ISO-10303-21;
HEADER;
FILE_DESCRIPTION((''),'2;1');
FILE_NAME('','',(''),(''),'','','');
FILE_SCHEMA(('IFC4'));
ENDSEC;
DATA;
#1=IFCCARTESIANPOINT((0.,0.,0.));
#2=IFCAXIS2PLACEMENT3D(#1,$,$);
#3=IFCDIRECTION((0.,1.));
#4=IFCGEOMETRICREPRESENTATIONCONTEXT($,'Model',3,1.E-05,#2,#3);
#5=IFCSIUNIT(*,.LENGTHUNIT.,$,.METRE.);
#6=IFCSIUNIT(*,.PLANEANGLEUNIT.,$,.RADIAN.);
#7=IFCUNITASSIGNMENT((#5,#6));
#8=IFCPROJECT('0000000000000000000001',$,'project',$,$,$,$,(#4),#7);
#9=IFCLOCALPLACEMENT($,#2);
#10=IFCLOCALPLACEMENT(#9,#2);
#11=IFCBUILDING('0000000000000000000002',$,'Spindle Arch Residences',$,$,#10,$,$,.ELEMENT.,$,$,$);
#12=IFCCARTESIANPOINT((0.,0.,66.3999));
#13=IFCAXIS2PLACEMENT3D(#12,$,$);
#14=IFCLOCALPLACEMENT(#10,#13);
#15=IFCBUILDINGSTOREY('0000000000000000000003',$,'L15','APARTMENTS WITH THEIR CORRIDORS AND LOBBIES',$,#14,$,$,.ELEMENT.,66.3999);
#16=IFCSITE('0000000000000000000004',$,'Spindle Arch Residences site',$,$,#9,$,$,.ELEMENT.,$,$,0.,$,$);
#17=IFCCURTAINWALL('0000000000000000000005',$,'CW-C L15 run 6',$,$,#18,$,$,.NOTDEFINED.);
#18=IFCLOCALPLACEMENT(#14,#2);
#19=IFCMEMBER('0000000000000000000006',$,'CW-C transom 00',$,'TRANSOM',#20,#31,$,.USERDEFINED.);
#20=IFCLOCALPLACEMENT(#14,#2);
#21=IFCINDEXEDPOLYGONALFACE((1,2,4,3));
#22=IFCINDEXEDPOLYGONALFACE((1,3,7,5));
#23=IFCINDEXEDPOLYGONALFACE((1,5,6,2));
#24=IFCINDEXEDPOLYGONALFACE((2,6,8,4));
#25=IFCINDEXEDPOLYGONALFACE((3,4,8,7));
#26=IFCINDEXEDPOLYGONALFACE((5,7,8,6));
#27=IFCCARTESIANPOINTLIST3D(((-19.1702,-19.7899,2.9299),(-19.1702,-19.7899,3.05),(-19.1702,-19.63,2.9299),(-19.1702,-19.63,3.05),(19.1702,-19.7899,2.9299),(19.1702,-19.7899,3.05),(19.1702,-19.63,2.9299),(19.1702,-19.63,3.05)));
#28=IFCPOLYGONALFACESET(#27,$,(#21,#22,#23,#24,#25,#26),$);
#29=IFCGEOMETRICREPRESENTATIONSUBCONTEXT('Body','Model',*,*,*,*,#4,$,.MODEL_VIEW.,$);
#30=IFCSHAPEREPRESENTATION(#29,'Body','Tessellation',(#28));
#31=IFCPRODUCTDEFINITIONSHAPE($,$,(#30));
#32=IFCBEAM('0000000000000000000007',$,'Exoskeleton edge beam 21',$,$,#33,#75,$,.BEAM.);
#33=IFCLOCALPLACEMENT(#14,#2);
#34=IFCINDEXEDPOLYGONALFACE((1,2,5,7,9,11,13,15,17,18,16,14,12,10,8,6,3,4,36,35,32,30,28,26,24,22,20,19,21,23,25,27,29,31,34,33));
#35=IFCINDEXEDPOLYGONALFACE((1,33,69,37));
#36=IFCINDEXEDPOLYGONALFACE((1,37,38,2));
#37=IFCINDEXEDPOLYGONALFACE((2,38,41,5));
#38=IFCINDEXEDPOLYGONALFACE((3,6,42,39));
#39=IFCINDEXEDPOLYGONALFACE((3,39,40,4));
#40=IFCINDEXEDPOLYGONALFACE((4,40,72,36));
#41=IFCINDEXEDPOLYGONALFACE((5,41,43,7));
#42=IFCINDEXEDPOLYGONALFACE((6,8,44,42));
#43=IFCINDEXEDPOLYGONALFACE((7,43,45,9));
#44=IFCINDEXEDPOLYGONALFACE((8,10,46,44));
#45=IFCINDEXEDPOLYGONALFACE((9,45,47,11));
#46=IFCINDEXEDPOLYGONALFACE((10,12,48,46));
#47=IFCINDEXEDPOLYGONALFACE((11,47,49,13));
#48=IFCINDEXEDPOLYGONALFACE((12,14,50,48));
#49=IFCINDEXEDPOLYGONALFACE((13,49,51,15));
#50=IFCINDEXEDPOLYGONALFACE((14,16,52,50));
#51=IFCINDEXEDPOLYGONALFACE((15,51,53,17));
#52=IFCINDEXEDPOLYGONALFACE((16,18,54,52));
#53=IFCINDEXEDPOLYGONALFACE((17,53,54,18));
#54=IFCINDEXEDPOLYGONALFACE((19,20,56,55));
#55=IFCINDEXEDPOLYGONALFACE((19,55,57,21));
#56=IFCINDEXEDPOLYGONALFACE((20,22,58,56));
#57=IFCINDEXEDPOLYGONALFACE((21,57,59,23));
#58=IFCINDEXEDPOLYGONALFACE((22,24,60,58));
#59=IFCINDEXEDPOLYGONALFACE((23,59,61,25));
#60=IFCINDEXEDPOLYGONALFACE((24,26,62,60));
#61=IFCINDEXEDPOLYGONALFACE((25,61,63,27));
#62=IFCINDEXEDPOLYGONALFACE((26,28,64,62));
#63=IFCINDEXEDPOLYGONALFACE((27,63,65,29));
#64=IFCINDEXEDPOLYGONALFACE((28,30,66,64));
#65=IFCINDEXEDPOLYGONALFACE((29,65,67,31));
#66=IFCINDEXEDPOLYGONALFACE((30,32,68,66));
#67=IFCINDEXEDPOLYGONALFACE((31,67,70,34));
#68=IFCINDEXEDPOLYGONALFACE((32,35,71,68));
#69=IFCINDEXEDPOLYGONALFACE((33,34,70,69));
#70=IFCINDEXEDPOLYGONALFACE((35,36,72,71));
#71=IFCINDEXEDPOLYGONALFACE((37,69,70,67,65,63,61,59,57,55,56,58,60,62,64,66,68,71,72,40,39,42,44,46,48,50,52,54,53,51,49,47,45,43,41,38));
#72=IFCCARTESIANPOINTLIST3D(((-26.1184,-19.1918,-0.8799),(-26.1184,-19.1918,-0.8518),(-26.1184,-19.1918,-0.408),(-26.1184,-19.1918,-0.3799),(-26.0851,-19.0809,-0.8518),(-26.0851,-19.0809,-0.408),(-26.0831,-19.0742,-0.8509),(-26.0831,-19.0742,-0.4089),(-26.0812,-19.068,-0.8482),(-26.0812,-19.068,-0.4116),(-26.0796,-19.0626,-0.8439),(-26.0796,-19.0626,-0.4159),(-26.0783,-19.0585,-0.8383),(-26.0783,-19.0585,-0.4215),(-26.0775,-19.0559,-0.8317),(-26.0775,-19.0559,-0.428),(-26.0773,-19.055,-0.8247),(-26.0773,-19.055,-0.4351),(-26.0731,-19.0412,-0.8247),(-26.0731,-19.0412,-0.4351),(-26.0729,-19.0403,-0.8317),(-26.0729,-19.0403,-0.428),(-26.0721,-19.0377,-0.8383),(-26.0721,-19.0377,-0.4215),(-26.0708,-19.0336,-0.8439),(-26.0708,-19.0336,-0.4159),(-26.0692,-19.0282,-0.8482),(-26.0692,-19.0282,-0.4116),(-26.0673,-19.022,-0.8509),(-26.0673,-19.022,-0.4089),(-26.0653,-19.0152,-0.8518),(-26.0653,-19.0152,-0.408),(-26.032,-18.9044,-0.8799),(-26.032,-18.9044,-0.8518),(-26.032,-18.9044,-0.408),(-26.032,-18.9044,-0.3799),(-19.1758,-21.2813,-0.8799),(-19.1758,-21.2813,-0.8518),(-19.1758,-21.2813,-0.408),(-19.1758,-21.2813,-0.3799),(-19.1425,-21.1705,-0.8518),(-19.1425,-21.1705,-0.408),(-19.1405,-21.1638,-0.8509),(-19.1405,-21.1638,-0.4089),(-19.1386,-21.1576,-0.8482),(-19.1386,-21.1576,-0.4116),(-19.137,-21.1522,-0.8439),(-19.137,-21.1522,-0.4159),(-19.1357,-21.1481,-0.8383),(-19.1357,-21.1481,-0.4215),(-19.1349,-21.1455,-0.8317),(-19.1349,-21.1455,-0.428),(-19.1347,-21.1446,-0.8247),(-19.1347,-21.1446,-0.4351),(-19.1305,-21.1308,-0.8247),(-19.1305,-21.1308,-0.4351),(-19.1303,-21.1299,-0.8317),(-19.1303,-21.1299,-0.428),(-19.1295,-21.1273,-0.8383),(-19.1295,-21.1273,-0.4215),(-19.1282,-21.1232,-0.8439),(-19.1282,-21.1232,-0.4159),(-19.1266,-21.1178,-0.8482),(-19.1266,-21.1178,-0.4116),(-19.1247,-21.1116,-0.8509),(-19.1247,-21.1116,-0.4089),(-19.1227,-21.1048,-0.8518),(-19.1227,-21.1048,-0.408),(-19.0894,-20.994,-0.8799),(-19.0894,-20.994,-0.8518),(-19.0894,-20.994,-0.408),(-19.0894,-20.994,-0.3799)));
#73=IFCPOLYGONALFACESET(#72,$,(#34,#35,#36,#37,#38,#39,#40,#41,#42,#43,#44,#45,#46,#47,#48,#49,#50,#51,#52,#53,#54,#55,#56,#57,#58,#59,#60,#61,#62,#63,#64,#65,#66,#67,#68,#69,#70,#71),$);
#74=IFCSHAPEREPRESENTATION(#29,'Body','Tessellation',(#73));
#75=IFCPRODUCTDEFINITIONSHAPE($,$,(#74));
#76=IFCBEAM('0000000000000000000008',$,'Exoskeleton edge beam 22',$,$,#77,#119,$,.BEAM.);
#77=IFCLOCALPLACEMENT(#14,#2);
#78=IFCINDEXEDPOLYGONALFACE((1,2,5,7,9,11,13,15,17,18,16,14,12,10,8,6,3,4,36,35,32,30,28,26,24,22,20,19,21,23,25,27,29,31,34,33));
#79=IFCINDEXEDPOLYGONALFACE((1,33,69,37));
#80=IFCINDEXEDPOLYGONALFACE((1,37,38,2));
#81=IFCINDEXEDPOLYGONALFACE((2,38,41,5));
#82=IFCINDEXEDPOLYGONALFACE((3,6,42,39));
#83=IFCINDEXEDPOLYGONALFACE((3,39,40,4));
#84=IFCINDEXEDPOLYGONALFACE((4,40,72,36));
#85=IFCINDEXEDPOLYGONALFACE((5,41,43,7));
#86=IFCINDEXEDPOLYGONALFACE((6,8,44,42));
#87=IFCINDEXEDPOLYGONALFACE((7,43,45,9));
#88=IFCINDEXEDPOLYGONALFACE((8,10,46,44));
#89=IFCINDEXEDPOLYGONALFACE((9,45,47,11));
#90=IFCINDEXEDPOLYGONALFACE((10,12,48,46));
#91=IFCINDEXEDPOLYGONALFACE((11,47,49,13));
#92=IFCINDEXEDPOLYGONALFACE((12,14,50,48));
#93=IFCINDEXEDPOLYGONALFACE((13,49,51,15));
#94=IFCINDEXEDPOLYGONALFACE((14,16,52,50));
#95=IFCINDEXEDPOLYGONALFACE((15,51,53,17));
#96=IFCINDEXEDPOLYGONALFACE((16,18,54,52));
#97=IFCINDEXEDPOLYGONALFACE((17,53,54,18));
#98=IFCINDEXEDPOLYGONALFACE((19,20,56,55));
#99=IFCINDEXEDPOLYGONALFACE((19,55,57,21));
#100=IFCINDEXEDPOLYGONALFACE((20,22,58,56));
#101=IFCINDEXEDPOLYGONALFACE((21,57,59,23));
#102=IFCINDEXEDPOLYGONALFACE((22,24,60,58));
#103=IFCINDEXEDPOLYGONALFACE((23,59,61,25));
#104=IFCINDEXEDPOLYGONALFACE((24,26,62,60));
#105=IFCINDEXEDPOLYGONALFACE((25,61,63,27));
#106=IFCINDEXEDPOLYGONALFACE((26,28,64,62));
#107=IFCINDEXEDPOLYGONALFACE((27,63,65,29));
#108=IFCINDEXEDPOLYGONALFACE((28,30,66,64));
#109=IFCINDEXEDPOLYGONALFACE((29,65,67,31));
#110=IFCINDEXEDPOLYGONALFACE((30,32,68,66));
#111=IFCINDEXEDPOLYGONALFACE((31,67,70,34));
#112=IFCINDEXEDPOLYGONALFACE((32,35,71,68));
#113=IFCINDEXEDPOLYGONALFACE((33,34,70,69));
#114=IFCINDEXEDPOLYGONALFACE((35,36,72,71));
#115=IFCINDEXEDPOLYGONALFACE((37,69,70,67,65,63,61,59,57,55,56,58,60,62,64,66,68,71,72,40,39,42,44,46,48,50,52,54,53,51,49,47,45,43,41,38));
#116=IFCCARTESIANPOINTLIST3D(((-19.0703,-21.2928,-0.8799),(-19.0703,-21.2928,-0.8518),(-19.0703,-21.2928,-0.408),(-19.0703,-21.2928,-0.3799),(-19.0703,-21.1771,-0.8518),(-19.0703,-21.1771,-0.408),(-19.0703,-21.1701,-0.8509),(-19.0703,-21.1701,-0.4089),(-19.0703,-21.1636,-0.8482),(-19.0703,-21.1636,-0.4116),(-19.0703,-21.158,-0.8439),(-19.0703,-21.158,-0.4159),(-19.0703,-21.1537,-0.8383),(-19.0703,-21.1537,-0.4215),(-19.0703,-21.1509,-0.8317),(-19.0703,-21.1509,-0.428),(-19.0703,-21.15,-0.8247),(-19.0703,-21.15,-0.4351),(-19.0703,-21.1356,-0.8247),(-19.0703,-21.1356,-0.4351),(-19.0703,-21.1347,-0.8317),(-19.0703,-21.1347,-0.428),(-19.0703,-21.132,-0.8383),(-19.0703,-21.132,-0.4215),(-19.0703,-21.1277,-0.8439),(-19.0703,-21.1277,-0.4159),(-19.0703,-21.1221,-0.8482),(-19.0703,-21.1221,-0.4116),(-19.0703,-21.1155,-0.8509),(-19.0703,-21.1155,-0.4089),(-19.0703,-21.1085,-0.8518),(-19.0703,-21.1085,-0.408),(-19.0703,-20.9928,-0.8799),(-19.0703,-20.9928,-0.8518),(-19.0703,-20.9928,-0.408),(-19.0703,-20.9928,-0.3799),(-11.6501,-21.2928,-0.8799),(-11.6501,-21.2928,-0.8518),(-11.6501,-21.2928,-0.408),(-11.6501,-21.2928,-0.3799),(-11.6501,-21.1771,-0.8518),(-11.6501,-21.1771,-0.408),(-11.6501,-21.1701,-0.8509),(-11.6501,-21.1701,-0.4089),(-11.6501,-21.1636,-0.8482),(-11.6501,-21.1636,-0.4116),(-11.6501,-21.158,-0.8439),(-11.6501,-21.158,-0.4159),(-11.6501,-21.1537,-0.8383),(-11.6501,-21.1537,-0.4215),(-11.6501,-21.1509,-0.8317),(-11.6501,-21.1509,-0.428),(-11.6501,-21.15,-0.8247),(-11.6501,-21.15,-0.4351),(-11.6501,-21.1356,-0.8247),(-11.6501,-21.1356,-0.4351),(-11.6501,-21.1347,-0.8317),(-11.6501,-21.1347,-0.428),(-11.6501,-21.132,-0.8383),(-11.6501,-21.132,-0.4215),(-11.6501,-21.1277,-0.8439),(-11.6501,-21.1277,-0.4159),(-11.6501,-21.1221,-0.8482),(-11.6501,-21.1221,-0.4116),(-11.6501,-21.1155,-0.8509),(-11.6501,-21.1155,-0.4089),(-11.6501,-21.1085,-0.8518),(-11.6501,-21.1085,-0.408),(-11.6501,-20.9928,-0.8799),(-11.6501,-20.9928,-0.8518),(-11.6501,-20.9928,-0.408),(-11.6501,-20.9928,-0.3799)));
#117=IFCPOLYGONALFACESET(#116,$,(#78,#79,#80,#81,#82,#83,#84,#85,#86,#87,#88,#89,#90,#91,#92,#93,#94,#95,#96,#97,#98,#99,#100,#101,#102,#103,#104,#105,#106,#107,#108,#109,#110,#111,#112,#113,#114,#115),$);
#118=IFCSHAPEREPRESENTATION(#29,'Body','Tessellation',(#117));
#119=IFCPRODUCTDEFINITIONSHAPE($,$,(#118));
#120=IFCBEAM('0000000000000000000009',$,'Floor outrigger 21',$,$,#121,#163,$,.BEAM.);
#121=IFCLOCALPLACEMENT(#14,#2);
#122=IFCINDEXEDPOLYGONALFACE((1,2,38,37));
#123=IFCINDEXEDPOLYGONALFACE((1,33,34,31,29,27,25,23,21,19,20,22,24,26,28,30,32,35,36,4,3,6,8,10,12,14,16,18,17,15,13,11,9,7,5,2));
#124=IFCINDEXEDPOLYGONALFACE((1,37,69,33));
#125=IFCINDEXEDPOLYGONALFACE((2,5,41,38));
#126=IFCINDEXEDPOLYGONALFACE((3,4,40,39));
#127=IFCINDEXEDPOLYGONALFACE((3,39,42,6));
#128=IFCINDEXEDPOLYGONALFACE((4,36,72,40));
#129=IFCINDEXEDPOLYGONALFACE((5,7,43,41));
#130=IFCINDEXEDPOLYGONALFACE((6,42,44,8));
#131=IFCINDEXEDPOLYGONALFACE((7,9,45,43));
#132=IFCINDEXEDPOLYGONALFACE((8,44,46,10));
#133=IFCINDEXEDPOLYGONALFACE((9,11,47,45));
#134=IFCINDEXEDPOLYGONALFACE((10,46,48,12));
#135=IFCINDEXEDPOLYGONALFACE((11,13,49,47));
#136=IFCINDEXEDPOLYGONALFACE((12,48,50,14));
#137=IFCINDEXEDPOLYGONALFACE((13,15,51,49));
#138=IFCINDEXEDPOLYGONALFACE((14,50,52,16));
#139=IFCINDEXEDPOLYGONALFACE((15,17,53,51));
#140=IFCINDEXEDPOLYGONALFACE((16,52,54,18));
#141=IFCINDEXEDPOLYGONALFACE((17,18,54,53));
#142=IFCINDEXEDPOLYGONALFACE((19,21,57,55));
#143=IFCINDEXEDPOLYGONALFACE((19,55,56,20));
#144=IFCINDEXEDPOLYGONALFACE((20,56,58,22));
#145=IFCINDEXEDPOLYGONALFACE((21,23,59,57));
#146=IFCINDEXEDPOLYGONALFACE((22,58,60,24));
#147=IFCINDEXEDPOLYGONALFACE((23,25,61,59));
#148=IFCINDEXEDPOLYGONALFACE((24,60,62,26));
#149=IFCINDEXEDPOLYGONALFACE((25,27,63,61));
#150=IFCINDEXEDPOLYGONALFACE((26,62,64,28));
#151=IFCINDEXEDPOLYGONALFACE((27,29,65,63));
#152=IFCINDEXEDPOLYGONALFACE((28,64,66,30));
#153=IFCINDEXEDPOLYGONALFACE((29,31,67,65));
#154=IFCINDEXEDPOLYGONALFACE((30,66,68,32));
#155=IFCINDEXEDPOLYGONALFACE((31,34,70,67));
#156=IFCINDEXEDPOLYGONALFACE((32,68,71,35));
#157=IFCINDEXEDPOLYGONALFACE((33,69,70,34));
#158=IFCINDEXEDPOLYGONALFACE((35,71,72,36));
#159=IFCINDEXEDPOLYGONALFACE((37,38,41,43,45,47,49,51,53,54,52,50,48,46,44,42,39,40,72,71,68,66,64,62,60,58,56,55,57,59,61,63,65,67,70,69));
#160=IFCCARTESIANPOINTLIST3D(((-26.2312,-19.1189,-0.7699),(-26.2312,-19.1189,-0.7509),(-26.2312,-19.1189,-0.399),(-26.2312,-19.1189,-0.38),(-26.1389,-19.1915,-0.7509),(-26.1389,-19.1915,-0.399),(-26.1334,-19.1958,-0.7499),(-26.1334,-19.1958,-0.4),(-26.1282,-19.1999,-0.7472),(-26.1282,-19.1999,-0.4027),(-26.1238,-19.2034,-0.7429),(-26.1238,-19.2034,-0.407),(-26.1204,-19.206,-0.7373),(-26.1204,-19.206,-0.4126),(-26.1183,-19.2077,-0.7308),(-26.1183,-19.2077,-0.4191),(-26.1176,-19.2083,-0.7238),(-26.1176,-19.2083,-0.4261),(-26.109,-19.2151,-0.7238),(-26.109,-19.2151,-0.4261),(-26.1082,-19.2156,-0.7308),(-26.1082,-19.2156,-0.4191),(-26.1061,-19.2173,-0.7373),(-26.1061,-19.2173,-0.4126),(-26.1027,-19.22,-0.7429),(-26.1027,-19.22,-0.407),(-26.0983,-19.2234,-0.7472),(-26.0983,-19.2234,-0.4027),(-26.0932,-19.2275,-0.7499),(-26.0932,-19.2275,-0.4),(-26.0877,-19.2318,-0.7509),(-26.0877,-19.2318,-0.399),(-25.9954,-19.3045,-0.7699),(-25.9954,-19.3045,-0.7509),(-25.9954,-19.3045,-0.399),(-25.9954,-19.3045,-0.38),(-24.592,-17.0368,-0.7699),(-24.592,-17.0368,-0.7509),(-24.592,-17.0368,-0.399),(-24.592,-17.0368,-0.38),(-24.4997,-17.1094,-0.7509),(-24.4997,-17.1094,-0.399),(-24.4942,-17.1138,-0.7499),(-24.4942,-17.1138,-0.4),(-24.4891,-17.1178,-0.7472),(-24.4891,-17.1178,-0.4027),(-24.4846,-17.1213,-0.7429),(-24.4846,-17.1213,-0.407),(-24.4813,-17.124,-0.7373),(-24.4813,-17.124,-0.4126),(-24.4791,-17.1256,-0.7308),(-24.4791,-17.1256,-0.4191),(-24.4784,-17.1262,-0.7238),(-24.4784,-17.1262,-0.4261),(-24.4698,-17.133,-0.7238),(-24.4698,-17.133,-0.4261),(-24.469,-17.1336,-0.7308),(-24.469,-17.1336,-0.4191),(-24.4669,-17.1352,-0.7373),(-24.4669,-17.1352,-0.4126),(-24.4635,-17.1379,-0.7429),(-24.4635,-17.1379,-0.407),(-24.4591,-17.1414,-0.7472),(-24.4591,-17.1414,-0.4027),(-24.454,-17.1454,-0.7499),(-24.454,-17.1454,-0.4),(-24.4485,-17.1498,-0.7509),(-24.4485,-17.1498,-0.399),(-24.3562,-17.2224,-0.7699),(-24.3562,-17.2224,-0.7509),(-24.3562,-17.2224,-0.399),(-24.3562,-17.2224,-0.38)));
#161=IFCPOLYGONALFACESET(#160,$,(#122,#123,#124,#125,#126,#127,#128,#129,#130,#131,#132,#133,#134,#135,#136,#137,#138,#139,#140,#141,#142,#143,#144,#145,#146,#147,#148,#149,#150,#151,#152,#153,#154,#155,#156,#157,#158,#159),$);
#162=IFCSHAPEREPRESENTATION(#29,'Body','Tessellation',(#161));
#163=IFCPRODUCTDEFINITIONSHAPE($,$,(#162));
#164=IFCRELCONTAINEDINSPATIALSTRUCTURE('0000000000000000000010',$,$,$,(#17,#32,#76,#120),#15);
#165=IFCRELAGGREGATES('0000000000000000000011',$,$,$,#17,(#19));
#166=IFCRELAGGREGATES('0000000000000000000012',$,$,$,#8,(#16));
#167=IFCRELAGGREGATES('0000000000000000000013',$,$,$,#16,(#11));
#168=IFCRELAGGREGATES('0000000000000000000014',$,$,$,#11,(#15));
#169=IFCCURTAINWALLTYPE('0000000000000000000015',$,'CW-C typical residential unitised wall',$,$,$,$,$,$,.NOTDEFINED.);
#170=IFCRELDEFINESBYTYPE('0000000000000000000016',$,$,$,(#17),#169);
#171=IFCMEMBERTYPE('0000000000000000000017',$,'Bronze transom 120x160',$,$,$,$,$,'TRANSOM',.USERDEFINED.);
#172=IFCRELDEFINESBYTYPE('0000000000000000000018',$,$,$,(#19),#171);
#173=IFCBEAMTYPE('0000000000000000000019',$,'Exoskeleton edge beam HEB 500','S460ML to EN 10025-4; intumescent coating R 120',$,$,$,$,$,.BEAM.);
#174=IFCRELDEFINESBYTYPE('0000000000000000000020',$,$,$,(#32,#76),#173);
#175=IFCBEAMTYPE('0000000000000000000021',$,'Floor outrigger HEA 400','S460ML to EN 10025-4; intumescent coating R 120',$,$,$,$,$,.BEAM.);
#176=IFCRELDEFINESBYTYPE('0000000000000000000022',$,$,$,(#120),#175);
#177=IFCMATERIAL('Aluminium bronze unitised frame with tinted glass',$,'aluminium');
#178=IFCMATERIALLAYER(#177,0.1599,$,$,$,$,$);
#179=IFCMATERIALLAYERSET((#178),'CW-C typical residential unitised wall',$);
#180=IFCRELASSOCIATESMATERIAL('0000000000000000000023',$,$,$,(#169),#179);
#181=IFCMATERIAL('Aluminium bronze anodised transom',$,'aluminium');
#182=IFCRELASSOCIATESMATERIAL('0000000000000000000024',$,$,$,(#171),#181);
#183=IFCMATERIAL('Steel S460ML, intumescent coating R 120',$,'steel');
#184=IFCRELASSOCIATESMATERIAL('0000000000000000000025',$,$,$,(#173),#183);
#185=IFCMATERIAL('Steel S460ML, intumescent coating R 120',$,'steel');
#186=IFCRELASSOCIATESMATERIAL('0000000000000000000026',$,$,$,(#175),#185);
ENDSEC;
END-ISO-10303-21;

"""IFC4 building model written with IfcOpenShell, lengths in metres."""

from ifc_helpers import new_model, si_unit, direction, frame, origin, origin_2d, place, context, subcontext, project, spatial, rectangle, i_section, extrude, material, layer, layer_set, material_profile, profile_set, type_object, element, aggregate, save


model = new_model("IFC4")

# Units and contexts
model_context = context("Model", 3, precision=1e-05, world=origin(), true_north=direction((0.0, 1.0)))
body_context = subcontext(model_context, "Body", "Model", "MODEL_VIEW")
ifc_project = project(units=[si_unit("LENGTHUNIT", "METRE"), si_unit("PLANEANGLEUNIT", "RADIAN")], contexts=[model_context])

# Site, building, storey
site_placement = place(None, origin())
site = spatial("IfcSite", under=ifc_project, at=site_placement, Name="Spindle Arch Residences site", CompositionType="ELEMENT", RefElevation=0.0)
building_placement = place(site_placement, origin())
building = spatial("IfcBuilding", under=site, at=building_placement, Name="Spindle Arch Residences", CompositionType="ELEMENT")
storey_placement = place(building_placement, frame((0.0, 0.0, 66.3999)))
storey = spatial("IfcBuildingStorey", under=building, at=storey_placement, Name="L15", Description="APARTMENTS WITH THEIR CORRIDORS AND LOBBIES", CompositionType="ELEMENT", Elevation=66.3999)

# Curtain wall
ifc_material_1 = material(Name="Aluminium bronze unitised frame with tinted glass", Category="aluminium")
ifc_layer_1 = layer(ifc_material_1, 0.1599)
ifc_layer_set_1 = layer_set([ifc_layer_1], Name="CW-C typical residential unitised wall")
curtain_wall_type_1 = type_object("IfcCurtainWallType", Name="CW-C typical residential unitised wall", PredefinedType="NOTDEFINED", material=ifc_layer_set_1)
curtain_wall_1_placement = place(storey_placement, origin())
curtain_wall_1 = element("IfcCurtainWall", 1, at=curtain_wall_1_placement, inside=storey, type_object=curtain_wall_type_1, Name="CW-C L15 run 6", PredefinedType="NOTDEFINED")

# Member
ifc_material_2 = material(Name="Aluminium bronze anodised transom", Category="aluminium")
ifc_material_profile_1 = material_profile(ifc_material_2, rectangle(XDim=0.1599, YDim=0.1201, at=origin_2d()), Name="TR 120x160")
ifc_profile_set_1 = profile_set([ifc_material_profile_1], Name="Aluminium bronze anodised transom")
member_type_1 = type_object("IfcMemberType", Name="Bronze transom 120x160", ElementType="TRANSOM", PredefinedType="USERDEFINED", material=ifc_profile_set_1)
member_1_placement = place(storey_placement, frame((-19.1702, -19.71, 2.99), z_axis=(1.0, 0.0, 0.0), x_axis=(0.0, 1.0, 0.0)))
member_1 = element("IfcMember", 2, at=member_1_placement, type_object=member_type_1, Name="CW-C transom 00", ObjectType="TRANSOM", PredefinedType="USERDEFINED", context=body_context, shape_type="SweptSolid", body=[
    extrude(rectangle(XDim=0.1599, YDim=0.1201, at=origin_2d()), origin(), (0.0, 0.0, 1.0), 38.3403),
])
aggregate(curtain_wall_1, [member_1])

# Beams
ifc_material_3 = material(Name="Steel S460ML, intumescent coating R 120", Category="steel")
ifc_material_profile_2 = material_profile(ifc_material_3, i_section(OverallWidth=0.3, OverallDepth=0.5, WebThickness=0.0144, FlangeThickness=0.0281, FilletRadius=0.0271, at=origin_2d()), Name="HEB 500")
ifc_profile_set_2 = profile_set([ifc_material_profile_2], Name="Steel S460ML, intumescent coating R 120")
beam_type_1 = type_object("IfcBeamType", Name="Exoskeleton edge beam HEB 500", Description="S460ML to EN 10025-4; intumescent coating R 120", PredefinedType="BEAM", material=ifc_profile_set_2)
beam_1_placement = place(storey_placement, frame((-26.0752, -19.0481, -0.6299), z_axis=(0.957567, -0.28821, 0.0), x_axis=(0.28821, 0.957567, 0.0)))
element("IfcBeam", 3, at=beam_1_placement, inside=storey, type_object=beam_type_1, Name="Exoskeleton edge beam 21", PredefinedType="BEAM", context=body_context, shape_type="SweptSolid", body=[
    extrude(i_section(OverallWidth=0.3, OverallDepth=0.5, WebThickness=0.0144, FlangeThickness=0.0281, FilletRadius=0.0271, at=origin_2d()), origin(), (0.0, 0.0, 1.0), 7.2502),
])
beam_2_placement = place(storey_placement, frame((-19.0703, -21.1428, -0.6299), z_axis=(1.0, 0.0, 0.0), x_axis=(0.0, 1.0, 0.0)))
element("IfcBeam", 4, at=beam_2_placement, inside=storey, type_object=beam_type_1, Name="Exoskeleton edge beam 22", PredefinedType="BEAM", context=body_context, shape_type="SweptSolid", body=[
    extrude(i_section(OverallWidth=0.3, OverallDepth=0.5, WebThickness=0.0144, FlangeThickness=0.0281, FilletRadius=0.0271, at=origin_2d()), origin(), (0.0, 0.0, 1.0), 7.4202),
])
ifc_material_4 = material(Name="Steel S460ML, intumescent coating R 120", Category="steel")
ifc_material_profile_3 = material_profile(ifc_material_4, i_section(OverallWidth=0.3, OverallDepth=0.3899, WebThickness=0.011, FlangeThickness=0.019, FilletRadius=0.0271, at=origin_2d()), Name="HEA 400")
ifc_profile_set_3 = profile_set([ifc_material_profile_3], Name="Steel S460ML, intumescent coating R 120")
beam_type_2 = type_object("IfcBeamType", Name="Floor outrigger HEA 400", Description="S460ML to EN 10025-4; intumescent coating R 120", PredefinedType="BEAM", material=ifc_profile_set_3)
beam_3_placement = place(storey_placement, frame((-26.1133, -19.2117, -0.575), z_axis=(0.618586, 0.785717, 0.0), x_axis=(-0.785717, 0.618586, 0.0)))
element("IfcBeam", 5, at=beam_3_placement, inside=storey, type_object=beam_type_2, Name="Floor outrigger 21", PredefinedType="BEAM", context=body_context, shape_type="SweptSolid", body=[
    extrude(i_section(OverallWidth=0.3, OverallDepth=0.3899, WebThickness=0.011, FlangeThickness=0.019, FilletRadius=0.0271, at=origin_2d()), origin(), (0.0, 0.0, 1.0), 2.6499),
])

save(model, "model.ifc")
